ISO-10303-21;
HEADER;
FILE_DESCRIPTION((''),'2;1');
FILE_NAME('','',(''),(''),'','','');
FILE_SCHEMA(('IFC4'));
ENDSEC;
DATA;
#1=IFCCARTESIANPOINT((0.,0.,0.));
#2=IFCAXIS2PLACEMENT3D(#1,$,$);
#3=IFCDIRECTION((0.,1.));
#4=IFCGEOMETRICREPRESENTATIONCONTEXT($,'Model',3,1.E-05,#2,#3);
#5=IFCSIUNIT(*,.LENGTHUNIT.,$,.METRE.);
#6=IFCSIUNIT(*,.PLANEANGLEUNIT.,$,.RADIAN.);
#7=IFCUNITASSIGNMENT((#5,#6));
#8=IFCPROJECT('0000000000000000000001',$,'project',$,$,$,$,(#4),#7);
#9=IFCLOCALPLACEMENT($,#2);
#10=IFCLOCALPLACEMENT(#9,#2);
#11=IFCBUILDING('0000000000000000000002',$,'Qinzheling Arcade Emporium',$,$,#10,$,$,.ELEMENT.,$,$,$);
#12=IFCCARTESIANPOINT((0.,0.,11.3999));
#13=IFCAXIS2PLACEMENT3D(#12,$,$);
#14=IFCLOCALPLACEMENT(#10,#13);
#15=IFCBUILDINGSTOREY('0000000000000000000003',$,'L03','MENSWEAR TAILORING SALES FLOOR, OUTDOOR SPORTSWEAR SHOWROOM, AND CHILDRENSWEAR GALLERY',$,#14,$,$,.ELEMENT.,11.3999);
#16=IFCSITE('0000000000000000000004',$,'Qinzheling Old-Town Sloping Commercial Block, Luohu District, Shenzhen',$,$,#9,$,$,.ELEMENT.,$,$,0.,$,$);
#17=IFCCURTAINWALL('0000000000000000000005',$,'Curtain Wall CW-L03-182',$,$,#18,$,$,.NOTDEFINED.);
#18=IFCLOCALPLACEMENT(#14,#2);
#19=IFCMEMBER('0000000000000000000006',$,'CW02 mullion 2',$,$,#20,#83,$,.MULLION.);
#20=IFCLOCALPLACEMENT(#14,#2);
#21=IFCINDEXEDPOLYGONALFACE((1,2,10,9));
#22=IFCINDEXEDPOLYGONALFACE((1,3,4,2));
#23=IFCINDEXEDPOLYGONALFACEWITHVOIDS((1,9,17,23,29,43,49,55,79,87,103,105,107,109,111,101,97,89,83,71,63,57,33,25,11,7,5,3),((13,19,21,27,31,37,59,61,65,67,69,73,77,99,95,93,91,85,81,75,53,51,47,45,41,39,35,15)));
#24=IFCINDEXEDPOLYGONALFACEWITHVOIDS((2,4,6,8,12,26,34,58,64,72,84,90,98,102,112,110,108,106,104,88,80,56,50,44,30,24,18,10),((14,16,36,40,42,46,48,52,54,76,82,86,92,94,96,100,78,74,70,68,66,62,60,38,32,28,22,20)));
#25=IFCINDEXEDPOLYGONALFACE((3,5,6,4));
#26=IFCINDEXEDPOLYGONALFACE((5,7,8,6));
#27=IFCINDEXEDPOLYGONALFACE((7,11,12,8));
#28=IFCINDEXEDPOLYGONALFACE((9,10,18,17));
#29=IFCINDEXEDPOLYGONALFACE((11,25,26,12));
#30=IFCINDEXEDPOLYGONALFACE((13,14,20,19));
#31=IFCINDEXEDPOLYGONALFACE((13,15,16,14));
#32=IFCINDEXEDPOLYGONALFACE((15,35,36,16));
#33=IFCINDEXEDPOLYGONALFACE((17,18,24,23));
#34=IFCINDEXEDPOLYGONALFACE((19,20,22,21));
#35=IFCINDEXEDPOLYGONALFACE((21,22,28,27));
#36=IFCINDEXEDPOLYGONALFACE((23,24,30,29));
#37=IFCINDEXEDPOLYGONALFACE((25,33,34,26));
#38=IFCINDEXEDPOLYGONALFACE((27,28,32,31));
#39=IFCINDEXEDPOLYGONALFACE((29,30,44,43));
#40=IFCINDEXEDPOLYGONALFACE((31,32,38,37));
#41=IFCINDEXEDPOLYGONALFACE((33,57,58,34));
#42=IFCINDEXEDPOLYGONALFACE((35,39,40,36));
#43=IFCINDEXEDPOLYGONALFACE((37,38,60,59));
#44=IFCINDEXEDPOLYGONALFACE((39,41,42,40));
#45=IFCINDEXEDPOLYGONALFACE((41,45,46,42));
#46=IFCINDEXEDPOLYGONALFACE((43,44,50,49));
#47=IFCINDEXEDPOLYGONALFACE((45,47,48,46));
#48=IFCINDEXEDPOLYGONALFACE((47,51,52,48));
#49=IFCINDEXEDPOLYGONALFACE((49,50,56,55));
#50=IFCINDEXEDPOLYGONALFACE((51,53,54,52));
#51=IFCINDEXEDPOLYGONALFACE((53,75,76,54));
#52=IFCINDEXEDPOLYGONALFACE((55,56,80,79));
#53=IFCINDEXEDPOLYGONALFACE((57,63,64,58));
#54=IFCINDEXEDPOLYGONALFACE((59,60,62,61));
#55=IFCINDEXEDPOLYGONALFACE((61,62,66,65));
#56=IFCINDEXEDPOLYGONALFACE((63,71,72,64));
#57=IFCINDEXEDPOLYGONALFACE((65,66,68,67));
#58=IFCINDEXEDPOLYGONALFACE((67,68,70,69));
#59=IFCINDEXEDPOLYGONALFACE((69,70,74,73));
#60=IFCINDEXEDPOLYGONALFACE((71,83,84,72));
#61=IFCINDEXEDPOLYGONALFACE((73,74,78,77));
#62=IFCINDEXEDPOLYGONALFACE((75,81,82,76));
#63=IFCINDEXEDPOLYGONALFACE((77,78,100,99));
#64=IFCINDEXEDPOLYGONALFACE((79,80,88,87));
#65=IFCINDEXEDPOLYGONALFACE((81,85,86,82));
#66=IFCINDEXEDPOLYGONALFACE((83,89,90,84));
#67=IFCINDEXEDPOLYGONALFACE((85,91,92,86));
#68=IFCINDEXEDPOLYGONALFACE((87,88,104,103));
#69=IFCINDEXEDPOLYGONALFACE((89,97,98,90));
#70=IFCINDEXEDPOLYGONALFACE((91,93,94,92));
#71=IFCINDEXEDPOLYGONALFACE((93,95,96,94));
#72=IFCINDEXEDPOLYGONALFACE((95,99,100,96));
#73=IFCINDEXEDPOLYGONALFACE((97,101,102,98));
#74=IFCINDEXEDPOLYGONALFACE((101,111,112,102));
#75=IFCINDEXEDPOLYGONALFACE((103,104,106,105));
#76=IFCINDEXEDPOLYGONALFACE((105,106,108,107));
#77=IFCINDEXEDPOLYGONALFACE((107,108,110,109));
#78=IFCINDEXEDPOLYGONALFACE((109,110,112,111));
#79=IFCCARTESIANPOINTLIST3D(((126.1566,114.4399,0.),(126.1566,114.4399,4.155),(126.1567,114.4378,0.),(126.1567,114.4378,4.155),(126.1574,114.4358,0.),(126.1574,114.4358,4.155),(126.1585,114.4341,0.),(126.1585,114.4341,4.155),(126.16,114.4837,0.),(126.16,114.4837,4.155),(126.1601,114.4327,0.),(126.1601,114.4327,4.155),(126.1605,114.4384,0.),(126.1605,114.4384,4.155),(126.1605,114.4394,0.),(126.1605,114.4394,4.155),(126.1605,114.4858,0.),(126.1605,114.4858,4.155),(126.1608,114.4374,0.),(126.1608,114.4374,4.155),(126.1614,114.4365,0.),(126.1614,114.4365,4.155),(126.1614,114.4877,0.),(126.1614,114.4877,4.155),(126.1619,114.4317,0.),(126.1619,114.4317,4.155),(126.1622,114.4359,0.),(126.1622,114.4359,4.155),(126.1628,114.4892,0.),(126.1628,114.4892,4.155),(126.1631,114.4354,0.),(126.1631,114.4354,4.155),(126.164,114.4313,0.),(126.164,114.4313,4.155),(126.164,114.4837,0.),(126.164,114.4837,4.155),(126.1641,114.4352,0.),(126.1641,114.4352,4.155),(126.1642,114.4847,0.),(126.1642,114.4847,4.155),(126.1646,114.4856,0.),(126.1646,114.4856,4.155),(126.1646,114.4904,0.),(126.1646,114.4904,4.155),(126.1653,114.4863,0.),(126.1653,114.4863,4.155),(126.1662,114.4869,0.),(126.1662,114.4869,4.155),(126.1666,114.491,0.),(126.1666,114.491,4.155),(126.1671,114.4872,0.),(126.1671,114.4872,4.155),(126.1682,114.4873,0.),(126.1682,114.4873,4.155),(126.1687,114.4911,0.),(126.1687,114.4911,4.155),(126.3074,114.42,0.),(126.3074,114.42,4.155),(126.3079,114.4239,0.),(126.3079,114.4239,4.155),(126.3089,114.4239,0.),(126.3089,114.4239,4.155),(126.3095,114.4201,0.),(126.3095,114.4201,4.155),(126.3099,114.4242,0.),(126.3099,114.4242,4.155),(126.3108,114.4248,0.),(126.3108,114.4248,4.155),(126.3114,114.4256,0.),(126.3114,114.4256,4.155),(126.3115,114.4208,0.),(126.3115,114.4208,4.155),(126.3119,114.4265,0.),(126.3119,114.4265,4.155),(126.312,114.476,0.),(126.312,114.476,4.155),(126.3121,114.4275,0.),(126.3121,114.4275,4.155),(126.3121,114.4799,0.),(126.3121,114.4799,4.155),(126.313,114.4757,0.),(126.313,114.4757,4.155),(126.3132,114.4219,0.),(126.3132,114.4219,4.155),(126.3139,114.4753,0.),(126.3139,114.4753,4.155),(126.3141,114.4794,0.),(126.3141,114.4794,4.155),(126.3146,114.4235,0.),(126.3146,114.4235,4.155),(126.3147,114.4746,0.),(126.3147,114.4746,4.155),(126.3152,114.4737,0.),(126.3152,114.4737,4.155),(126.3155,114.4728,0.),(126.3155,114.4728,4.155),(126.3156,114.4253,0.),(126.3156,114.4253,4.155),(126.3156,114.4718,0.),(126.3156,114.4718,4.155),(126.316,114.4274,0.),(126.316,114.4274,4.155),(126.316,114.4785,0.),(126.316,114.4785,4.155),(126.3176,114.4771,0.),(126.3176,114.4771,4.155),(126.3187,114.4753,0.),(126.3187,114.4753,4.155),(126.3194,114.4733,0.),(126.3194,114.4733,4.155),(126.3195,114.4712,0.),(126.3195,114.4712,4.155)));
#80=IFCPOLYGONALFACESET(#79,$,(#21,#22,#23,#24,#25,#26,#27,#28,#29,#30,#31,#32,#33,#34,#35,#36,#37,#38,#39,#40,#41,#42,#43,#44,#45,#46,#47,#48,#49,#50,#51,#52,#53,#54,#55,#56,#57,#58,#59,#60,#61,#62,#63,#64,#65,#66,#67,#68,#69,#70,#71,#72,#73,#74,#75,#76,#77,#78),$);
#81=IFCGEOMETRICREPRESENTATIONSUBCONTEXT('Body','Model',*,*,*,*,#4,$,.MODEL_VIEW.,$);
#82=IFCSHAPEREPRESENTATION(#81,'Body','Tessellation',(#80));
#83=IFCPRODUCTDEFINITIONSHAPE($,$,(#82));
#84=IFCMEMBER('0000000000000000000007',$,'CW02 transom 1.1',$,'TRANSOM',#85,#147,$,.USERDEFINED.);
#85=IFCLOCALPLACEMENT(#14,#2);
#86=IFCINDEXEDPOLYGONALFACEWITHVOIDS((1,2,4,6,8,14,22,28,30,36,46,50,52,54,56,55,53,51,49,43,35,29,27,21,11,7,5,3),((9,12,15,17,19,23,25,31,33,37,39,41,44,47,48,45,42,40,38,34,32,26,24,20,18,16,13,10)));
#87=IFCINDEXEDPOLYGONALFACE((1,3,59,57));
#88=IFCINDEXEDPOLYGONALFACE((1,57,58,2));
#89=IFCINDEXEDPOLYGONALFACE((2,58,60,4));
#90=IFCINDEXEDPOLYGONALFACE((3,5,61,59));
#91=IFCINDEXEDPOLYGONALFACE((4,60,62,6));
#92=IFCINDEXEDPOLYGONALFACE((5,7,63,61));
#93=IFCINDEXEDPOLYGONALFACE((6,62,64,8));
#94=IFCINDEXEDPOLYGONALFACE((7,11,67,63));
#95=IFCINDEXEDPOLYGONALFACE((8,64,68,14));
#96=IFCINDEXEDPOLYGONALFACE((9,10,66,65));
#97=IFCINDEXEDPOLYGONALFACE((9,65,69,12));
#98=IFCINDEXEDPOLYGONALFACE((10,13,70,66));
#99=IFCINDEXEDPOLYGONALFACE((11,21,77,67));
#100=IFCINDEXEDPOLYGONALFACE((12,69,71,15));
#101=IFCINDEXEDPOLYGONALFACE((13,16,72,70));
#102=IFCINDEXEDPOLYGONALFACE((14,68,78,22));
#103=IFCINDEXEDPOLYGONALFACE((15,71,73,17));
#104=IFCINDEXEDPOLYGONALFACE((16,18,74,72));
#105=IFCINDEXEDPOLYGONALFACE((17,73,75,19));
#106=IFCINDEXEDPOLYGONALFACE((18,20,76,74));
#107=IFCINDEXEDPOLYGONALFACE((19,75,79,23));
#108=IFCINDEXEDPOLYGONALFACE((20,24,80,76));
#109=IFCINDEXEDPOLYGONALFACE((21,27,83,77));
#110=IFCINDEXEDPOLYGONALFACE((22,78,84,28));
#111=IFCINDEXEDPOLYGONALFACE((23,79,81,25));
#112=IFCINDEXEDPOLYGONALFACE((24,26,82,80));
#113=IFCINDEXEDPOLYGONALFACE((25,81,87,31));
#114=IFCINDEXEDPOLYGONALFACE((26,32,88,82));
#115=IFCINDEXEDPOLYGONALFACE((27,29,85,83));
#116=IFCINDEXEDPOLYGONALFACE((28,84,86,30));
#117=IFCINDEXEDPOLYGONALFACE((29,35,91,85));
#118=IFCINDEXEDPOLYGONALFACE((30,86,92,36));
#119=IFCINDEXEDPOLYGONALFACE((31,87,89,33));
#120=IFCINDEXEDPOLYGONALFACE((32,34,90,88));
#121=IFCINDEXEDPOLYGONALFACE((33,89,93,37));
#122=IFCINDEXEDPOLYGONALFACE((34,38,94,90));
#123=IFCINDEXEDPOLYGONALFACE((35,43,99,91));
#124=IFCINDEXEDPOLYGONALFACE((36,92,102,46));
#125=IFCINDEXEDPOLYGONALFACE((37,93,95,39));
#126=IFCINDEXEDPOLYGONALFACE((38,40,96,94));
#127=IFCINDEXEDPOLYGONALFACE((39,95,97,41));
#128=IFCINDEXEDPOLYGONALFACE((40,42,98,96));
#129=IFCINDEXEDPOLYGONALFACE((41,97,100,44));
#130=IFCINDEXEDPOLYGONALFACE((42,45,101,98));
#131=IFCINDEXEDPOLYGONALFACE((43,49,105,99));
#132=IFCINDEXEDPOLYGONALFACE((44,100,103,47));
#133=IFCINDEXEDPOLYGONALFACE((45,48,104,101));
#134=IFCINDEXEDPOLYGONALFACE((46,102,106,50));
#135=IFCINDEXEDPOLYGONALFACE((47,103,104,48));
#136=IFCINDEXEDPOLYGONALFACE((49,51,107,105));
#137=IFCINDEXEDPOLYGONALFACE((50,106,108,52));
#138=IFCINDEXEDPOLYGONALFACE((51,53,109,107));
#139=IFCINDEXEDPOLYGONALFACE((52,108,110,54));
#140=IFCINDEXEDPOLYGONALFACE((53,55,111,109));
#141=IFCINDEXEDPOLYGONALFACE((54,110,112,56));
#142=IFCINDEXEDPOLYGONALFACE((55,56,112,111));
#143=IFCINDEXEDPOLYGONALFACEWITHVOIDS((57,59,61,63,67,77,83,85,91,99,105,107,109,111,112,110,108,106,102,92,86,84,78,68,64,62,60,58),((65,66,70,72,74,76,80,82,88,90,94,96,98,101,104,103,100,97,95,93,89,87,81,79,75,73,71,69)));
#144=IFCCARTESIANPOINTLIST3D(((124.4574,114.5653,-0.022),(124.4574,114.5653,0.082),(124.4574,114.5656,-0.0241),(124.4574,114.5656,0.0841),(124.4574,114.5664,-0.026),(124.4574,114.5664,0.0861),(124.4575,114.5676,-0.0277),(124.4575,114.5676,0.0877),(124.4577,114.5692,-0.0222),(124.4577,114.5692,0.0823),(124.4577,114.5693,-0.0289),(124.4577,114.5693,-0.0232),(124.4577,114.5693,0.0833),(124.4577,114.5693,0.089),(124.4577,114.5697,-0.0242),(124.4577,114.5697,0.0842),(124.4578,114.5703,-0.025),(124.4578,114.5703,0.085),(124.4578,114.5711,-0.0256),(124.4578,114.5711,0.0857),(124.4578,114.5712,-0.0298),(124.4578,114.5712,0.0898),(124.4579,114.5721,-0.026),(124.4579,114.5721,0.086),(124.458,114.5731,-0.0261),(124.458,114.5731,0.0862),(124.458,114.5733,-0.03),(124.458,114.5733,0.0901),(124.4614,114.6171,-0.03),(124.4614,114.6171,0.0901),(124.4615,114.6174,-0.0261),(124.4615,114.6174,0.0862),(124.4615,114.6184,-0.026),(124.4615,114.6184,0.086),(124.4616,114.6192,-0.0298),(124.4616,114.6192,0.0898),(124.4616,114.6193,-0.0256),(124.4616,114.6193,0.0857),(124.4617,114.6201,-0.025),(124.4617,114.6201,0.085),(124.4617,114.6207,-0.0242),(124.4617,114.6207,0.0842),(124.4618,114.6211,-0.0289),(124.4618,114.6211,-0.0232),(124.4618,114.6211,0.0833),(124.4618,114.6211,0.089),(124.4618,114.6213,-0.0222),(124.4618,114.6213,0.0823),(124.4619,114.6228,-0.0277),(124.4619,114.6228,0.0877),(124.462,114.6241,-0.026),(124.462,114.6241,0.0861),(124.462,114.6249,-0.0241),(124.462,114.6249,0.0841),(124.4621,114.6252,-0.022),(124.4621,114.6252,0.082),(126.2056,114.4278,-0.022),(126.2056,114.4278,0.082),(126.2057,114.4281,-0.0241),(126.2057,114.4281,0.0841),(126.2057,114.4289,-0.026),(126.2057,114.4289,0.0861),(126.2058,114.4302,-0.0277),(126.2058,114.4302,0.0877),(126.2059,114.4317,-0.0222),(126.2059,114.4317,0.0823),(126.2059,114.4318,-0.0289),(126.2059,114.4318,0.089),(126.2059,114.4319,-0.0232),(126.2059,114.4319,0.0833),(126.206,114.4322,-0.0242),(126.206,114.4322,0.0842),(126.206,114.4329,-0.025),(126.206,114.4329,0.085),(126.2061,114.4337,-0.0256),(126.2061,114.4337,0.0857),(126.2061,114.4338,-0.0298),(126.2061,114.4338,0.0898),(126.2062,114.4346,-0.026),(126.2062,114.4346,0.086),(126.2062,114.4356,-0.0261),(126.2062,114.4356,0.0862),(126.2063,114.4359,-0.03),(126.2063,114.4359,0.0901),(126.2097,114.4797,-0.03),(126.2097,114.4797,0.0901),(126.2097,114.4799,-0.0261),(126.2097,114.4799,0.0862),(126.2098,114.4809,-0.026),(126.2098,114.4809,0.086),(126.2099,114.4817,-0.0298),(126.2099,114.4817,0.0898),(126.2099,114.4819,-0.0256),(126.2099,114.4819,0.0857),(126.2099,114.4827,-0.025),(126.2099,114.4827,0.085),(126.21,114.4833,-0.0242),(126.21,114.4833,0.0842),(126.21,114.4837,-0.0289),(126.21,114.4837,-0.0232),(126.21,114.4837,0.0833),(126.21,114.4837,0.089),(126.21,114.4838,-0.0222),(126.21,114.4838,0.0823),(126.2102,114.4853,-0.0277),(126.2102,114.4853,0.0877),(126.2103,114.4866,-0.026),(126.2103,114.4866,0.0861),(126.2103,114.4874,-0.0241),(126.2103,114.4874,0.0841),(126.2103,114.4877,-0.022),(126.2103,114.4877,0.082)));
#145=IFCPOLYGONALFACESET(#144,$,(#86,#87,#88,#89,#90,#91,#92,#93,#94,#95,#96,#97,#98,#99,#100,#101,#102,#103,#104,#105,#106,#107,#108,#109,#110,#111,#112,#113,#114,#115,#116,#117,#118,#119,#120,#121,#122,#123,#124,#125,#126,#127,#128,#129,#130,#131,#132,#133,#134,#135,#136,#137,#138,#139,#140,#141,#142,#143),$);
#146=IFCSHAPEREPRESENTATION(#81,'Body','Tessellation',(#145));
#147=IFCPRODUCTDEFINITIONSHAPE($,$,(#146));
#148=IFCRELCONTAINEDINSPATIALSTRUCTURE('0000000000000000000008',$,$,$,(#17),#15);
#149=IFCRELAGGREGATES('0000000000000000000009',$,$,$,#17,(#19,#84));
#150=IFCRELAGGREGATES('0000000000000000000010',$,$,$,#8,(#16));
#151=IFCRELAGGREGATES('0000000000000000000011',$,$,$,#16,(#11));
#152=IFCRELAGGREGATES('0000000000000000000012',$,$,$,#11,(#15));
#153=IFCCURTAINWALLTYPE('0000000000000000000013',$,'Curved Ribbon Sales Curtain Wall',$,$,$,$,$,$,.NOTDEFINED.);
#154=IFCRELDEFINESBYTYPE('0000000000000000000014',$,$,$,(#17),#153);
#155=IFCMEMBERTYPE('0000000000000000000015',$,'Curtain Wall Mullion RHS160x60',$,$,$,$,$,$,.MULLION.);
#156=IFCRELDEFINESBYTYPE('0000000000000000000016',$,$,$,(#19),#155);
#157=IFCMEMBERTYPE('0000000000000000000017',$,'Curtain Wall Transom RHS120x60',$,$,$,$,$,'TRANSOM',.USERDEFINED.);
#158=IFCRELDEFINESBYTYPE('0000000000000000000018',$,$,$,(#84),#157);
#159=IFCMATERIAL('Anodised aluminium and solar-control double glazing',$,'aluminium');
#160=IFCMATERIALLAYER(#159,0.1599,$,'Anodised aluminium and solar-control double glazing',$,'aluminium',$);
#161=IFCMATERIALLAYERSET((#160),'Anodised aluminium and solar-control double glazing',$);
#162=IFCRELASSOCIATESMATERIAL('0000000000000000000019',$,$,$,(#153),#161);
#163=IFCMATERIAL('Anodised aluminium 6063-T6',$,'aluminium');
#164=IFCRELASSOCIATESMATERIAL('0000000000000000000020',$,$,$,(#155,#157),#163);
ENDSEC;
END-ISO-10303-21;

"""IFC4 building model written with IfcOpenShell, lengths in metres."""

from ifc_helpers import new_model, si_unit, direction, frame, origin, origin_2d, place, context, subcontext, project, spatial, hollow_rectangle, extrude, material, layer, layer_set, material_profile, profile_set, type_object, element, aggregate, save


model = new_model("IFC4")

# Units and contexts
model_context = context("Model", 3, precision=1e-05, world=origin(), true_north=direction((0.0, 1.0)))
body_context = subcontext(model_context, "Body", "Model", "MODEL_VIEW")
ifc_project = project(units=[si_unit("LENGTHUNIT", "METRE"), si_unit("PLANEANGLEUNIT", "RADIAN")], contexts=[model_context])

# Site, building, storey
site_placement = place(None, origin())
site = spatial("IfcSite", under=ifc_project, at=site_placement, Name="Qinzheling Old-Town Sloping Commercial Block, Luohu District, Shenzhen", CompositionType="ELEMENT", RefElevation=0.0)
building_placement = place(site_placement, origin())
building = spatial("IfcBuilding", under=site, at=building_placement, Name="Qinzheling Arcade Emporium", CompositionType="ELEMENT")
storey_placement = place(building_placement, frame((0.0, 0.0, 11.3999)))
storey = spatial("IfcBuildingStorey", under=building, at=storey_placement, Name="L03", Description="MENSWEAR TAILORING SALES FLOOR, OUTDOOR SPORTSWEAR SHOWROOM, AND CHILDRENSWEAR GALLERY", CompositionType="ELEMENT", Elevation=11.3999)

# Curtain wall, members
ifc_material_1 = material(Name="Anodised aluminium and solar-control double glazing", Category="aluminium")
ifc_layer_1 = layer(ifc_material_1, 0.1599, Name="Anodised aluminium and solar-control double glazing", Category="aluminium")
ifc_layer_set_1 = layer_set([ifc_layer_1], Name="Anodised aluminium and solar-control double glazing")
curtain_wall_type = type_object("IfcCurtainWallType", Name="Curved Ribbon Sales Curtain Wall", PredefinedType="NOTDEFINED", material=ifc_layer_set_1)
curtain_wall_placement = place(storey_placement, origin())
curtain_wall = element("IfcCurtainWall", 1, at=curtain_wall_placement, inside=storey, type_object=curtain_wall_type, Name="Curtain Wall CW-L03-182", PredefinedType="NOTDEFINED")
ifc_material_2 = material(Name="Anodised aluminium 6063-T6", Category="aluminium")
ifc_material_profile_1 = material_profile(ifc_material_2, hollow_rectangle(XDim=0.0601, YDim=0.1599, WallThickness=0.0039, InnerFilletRadius=0.0039, OuterFilletRadius=0.0081, at=origin_2d()), Name="RHS 160x60x4", Category="aluminium")
ifc_profile_set_1 = profile_set([ifc_material_profile_1], Name="Anodised aluminium 6063-T6")
member_type_1 = type_object("IfcMemberType", Name="Curtain Wall Mullion RHS160x60", PredefinedType="MULLION", material=ifc_profile_set_1)
member_1_placement = place(storey_placement, frame((126.238, 114.4556, 0.0), z_axis=(0.0, 0.0, 1.0), x_axis=(0.078376, 0.996924, 0.0)))
member_1 = element("IfcMember", 2, at=member_1_placement, type_object=member_type_1, Name="CW02 mullion 2", PredefinedType="MULLION", context=body_context, shape_type="SweptSolid", body=[
    extrude(hollow_rectangle(XDim=0.0601, YDim=0.1599, WallThickness=0.0039, InnerFilletRadius=0.0039, OuterFilletRadius=0.0081, at=origin_2d()), origin(), (0.0, 0.0, 1.0), 4.155),
])
ifc_material_profile_2 = material_profile(ifc_material_2, hollow_rectangle(XDim=0.0601, YDim=0.1201, WallThickness=0.0039, InnerFilletRadius=0.0039, OuterFilletRadius=0.0081, at=origin_2d()), Name="RHS 120x60x4", Category="aluminium")
ifc_profile_set_2 = profile_set([ifc_material_profile_2], Name="Anodised aluminium 6063-T6")
member_type_2 = type_object("IfcMemberType", Name="Curtain Wall Transom RHS120x60", ElementType="TRANSOM", PredefinedType="USERDEFINED", material=ifc_profile_set_2)
member_2_placement = place(storey_placement, frame((124.4597, 114.5952, 0.03), z_axis=(0.996924, -0.078378, 0.0), x_axis=(0.078378, 0.996924, 0.0)))
member_2 = element("IfcMember", 3, at=member_2_placement, type_object=member_type_2, Name="CW02 transom 1.1", ObjectType="TRANSOM", PredefinedType="USERDEFINED", context=body_context, shape_type="SweptSolid", body=[
    extrude(hollow_rectangle(XDim=0.0601, YDim=0.1201, WallThickness=0.0039, InnerFilletRadius=0.0039, OuterFilletRadius=0.0081, at=origin_2d()), origin(), (0.0, 0.0, 1.0), 1.7537),
])

aggregate(curtain_wall, [member_1, member_2])

save(model, "model.ifc")
